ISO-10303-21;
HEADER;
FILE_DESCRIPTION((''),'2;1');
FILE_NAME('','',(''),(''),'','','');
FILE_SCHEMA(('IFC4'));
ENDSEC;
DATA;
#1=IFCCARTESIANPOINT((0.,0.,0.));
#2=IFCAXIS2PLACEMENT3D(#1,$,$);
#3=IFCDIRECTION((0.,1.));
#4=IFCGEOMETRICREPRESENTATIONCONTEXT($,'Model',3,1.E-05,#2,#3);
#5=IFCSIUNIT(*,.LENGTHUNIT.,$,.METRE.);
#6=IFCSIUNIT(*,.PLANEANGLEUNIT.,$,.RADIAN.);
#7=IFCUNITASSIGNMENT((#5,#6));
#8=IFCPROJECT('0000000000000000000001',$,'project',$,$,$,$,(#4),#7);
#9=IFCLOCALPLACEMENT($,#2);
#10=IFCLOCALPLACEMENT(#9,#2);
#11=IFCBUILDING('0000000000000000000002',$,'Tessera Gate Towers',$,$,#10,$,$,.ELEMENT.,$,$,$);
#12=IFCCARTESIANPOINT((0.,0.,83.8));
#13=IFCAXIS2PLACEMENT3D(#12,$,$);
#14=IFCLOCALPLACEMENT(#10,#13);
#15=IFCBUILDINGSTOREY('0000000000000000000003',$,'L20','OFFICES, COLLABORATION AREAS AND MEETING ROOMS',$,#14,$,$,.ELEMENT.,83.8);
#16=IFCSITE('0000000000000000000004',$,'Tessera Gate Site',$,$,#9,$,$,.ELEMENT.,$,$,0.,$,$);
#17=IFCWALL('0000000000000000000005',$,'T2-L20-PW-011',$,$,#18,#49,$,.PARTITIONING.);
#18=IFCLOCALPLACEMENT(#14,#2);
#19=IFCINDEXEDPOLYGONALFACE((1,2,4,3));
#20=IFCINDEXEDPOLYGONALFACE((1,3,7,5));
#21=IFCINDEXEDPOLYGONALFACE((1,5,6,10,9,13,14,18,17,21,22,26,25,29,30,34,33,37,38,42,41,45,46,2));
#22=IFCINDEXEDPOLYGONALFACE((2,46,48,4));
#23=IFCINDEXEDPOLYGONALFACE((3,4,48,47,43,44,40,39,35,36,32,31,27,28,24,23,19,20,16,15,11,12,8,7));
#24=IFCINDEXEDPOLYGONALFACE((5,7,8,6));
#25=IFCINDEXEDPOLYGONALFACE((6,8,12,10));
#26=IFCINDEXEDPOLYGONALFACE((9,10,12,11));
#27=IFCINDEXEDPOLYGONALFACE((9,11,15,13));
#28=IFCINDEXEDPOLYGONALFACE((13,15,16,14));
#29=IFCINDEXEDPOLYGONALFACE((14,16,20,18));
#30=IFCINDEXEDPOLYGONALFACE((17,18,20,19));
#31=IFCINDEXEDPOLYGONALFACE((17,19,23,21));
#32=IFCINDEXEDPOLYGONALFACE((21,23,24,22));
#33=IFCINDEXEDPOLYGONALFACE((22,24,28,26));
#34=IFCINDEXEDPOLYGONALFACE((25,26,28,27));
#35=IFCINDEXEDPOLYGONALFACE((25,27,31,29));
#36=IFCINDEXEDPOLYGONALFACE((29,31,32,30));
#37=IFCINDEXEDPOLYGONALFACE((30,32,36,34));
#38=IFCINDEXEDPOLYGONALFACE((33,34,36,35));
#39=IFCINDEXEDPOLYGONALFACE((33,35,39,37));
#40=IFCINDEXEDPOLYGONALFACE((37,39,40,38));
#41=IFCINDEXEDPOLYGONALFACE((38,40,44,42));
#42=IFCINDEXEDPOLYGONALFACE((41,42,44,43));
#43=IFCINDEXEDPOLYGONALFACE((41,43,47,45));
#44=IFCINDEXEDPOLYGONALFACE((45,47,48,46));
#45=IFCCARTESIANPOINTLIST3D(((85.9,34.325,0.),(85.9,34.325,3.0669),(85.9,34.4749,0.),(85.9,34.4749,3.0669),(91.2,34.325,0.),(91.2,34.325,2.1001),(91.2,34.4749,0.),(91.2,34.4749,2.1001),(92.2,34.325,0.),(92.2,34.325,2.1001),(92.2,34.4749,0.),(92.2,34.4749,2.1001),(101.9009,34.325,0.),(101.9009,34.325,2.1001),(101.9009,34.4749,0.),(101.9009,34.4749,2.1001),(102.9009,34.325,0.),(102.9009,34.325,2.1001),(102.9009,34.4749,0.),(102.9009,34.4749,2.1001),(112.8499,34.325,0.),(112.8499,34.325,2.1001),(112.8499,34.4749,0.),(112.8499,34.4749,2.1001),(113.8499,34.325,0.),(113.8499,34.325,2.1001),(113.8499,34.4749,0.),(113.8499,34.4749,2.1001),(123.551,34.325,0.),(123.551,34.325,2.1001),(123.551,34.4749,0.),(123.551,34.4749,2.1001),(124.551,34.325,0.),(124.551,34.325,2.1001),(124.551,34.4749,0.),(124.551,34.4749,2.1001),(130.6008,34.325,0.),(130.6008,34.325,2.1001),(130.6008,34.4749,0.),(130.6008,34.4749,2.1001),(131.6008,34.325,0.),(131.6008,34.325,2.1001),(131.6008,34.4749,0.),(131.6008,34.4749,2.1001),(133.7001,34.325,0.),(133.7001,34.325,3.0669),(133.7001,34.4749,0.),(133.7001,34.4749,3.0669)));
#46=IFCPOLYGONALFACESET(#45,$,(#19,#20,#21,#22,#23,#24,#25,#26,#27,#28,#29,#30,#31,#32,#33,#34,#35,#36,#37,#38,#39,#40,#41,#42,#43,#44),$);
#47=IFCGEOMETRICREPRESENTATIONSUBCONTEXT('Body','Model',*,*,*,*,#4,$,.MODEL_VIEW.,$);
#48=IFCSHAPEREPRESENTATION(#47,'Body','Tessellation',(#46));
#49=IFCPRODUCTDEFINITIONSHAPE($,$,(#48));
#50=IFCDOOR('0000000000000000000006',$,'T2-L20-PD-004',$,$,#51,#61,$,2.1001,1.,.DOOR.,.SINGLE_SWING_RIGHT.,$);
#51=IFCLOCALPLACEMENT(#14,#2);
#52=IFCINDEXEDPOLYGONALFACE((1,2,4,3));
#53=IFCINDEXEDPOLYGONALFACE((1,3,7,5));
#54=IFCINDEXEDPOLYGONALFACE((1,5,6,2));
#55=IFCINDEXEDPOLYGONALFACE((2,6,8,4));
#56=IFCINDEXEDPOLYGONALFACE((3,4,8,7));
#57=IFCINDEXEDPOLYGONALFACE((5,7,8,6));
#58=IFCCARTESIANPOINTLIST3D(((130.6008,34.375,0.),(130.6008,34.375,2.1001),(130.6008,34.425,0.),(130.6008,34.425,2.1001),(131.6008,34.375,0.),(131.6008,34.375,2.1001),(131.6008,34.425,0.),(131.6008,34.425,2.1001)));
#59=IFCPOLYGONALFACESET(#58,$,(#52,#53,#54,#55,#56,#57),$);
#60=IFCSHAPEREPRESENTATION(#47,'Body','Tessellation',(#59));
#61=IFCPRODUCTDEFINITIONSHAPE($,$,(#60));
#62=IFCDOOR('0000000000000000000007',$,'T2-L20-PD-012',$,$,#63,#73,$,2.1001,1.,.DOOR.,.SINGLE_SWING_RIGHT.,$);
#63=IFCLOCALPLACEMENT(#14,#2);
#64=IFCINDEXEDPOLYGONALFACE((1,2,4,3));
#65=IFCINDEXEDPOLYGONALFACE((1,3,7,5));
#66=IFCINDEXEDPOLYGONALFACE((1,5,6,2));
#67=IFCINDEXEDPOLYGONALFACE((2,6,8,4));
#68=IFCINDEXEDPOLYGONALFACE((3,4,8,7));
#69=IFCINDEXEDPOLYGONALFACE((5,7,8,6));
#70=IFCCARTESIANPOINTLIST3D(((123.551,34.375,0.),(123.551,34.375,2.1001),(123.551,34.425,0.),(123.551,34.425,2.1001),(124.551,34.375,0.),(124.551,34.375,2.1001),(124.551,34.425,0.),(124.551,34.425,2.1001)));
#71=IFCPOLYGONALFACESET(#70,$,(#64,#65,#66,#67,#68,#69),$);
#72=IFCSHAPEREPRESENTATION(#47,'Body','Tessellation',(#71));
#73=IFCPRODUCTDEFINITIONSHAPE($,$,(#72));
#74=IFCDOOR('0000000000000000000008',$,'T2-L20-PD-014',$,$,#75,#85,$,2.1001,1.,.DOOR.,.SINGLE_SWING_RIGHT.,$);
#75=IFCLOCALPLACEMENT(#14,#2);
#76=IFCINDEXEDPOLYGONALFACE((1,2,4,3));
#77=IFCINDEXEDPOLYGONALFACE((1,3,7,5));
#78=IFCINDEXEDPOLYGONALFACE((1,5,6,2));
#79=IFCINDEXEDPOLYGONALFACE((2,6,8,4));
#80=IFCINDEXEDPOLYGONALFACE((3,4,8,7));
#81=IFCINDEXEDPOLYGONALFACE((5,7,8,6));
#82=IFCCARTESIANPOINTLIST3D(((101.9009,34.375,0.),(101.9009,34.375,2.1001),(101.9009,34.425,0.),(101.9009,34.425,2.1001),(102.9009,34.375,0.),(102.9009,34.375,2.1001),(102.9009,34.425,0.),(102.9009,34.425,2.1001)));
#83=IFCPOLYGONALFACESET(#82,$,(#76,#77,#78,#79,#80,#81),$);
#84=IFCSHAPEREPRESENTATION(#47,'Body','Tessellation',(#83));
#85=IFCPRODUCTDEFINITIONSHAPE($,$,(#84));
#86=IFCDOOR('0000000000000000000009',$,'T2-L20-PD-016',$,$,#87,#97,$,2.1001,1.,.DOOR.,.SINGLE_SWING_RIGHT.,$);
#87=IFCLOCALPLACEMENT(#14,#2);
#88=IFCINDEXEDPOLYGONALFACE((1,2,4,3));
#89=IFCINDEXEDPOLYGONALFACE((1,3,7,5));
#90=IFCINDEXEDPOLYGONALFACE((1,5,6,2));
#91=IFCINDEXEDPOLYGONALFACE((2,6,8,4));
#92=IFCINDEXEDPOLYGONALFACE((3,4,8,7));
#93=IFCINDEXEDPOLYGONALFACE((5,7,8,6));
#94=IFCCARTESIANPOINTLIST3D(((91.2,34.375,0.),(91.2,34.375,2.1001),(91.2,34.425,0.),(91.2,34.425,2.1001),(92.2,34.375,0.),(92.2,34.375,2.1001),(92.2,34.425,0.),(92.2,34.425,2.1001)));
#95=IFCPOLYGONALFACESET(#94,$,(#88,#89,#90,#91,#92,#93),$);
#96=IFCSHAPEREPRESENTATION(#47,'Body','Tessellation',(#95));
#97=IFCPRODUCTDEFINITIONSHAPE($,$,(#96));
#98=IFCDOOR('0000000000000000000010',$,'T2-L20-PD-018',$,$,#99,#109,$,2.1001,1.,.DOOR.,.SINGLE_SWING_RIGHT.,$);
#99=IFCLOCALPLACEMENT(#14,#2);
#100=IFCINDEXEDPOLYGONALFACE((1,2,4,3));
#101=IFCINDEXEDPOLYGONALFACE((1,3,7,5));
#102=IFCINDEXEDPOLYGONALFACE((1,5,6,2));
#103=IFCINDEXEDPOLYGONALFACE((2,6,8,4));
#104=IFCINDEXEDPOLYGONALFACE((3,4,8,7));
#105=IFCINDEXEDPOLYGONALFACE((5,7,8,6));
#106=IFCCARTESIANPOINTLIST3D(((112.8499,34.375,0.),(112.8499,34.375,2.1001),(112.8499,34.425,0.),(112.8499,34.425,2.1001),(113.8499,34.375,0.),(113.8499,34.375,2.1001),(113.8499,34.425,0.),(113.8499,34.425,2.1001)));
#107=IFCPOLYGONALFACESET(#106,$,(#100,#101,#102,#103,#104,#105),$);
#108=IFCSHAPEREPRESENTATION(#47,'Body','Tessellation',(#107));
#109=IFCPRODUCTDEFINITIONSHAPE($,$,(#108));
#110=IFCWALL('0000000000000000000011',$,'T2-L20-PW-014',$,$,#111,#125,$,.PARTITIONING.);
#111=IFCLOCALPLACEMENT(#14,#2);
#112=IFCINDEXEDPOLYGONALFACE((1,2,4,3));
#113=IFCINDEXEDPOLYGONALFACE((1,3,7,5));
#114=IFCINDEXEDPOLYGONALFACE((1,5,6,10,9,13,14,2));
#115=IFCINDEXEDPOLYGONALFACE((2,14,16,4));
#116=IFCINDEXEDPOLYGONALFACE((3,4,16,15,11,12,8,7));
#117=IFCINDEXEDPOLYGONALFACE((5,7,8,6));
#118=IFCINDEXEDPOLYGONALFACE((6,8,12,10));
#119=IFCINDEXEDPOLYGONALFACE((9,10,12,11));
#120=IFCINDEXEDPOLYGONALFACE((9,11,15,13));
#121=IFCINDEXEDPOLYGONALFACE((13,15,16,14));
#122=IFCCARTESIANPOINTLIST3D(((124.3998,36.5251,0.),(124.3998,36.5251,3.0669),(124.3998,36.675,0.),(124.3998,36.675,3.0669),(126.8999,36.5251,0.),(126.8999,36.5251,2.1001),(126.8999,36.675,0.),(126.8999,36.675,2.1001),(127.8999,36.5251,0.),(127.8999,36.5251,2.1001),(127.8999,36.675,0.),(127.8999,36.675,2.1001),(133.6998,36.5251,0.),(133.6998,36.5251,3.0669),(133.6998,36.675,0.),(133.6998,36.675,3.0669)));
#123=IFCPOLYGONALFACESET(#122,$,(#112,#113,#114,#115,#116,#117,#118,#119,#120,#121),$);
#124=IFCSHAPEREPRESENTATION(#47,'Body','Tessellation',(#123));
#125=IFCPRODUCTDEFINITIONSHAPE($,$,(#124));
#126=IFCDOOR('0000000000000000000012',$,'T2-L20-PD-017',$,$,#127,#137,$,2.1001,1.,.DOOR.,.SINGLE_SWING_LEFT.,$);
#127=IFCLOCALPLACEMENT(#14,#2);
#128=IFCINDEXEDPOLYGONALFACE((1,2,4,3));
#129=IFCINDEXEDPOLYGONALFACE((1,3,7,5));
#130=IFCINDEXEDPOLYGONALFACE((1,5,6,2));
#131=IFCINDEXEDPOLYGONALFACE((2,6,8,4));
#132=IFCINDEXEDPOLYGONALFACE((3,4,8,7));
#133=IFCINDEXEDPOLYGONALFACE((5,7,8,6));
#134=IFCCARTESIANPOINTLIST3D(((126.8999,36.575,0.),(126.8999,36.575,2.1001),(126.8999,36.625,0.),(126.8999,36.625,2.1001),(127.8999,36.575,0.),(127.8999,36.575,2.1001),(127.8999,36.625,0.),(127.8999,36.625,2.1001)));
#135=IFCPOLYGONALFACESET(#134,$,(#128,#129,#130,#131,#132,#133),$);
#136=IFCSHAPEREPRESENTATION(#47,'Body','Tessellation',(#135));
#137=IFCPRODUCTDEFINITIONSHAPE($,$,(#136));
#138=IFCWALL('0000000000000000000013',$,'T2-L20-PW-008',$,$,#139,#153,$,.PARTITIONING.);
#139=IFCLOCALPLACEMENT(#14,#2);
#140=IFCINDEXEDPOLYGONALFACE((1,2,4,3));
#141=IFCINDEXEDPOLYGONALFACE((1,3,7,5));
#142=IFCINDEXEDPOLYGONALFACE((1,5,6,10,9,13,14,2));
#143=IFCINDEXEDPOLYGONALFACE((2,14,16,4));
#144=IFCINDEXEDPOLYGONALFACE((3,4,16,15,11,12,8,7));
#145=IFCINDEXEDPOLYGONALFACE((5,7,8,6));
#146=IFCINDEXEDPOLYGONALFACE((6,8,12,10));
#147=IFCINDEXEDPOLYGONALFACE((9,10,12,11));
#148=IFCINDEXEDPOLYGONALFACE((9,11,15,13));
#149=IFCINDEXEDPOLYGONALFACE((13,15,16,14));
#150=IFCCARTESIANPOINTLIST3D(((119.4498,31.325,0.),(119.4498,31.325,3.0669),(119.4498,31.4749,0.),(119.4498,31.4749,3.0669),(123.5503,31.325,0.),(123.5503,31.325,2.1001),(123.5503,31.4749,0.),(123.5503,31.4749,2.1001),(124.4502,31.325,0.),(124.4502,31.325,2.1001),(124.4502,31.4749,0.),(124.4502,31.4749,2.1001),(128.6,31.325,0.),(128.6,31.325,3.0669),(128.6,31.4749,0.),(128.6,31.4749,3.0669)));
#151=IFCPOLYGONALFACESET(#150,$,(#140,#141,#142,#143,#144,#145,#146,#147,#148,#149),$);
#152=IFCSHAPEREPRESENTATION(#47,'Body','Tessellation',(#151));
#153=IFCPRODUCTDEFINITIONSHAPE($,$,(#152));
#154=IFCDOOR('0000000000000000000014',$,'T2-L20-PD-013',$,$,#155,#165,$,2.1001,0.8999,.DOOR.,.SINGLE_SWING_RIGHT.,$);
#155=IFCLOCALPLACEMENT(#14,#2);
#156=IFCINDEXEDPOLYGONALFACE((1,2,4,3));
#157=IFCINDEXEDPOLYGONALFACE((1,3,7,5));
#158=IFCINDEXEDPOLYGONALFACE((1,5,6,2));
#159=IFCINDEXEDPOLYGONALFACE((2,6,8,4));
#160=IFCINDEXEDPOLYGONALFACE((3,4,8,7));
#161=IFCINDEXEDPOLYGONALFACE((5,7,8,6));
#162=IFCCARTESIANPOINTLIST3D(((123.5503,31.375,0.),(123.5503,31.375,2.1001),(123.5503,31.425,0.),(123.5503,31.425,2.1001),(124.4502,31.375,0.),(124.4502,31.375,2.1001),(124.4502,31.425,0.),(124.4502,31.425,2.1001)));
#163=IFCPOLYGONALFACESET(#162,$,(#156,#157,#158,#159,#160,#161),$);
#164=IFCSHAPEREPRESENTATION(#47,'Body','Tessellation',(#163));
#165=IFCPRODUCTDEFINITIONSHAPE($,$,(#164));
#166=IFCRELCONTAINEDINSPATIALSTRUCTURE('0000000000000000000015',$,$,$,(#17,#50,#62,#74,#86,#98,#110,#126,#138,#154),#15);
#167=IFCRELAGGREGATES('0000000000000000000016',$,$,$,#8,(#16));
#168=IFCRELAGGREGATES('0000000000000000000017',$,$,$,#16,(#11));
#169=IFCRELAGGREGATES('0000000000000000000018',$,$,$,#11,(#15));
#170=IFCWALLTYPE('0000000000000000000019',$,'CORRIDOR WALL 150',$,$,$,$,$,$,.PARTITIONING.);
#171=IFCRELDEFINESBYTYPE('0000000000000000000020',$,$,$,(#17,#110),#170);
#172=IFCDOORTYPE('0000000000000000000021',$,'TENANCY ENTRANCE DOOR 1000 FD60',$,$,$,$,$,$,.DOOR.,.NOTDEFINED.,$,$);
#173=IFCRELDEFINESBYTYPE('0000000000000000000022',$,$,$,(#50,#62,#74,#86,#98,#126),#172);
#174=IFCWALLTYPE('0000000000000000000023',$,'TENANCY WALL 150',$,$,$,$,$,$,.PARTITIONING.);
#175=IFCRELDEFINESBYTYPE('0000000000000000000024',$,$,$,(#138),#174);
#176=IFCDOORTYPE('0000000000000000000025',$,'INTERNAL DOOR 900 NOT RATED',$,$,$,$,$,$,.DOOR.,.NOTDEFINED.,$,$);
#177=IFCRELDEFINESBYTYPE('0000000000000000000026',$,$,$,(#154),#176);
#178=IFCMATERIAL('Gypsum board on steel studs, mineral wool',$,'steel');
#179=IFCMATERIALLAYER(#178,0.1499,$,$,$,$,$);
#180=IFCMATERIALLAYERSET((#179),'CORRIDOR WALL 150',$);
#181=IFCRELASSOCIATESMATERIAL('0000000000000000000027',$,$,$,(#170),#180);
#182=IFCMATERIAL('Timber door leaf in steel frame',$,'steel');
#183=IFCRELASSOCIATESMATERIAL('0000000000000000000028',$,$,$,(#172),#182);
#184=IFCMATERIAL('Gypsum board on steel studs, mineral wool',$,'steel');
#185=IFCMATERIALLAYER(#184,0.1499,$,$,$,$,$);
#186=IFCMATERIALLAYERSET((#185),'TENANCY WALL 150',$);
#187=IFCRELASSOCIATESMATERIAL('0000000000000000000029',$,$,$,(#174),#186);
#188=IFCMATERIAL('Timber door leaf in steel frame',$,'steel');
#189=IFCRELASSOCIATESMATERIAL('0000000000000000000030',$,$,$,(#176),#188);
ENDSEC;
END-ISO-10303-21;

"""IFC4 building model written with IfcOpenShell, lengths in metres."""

from ifc_helpers import new_model, si_unit, direction, frame, frame_2d, origin, place, context, subcontext, project, spatial, rectangle, extrude, source, transform, mapped, material, layer, layer_set, type_object, element, fill, save


model = new_model("IFC4")

# Units and contexts
model_context = context("Model", 3, precision=1e-05, world=origin(), true_north=direction((0.0, 1.0)))
body_context = subcontext(model_context, "Body", "Model", "MODEL_VIEW")
ifc_project = project(units=[si_unit("LENGTHUNIT", "METRE"), si_unit("PLANEANGLEUNIT", "RADIAN")], contexts=[model_context])

# Site, building, storey
site_placement = place(None, origin())
site = spatial("IfcSite", under=ifc_project, at=site_placement, Name="Tessera Gate Site", CompositionType="ELEMENT", RefElevation=0.0)
building_placement = place(site_placement, origin())
building = spatial("IfcBuilding", under=site, at=building_placement, Name="Tessera Gate Towers", CompositionType="ELEMENT")
storey_placement = place(building_placement, frame((0.0, 0.0, 83.8)))
storey = spatial("IfcBuildingStorey", under=building, at=storey_placement, Name="L20", Description="OFFICES, COLLABORATION AREAS AND MEETING ROOMS", CompositionType="ELEMENT", Elevation=83.8)

# Wall, openings, doors
ifc_material_1 = material(Name="Gypsum board on steel studs, mineral wool", Category="steel")
ifc_layer_1 = layer(ifc_material_1, 0.1499)
ifc_layer_set_1 = layer_set([ifc_layer_1], Name="CORRIDOR WALL 150")
wall_type_1 = type_object("IfcWallType", Name="CORRIDOR WALL 150", PredefinedType="PARTITIONING", material=ifc_layer_set_1)
wall_1_placement = place(storey_placement, frame((133.7, 34.3999, 0.0), z_axis=(0.0, 0.0, 1.0), x_axis=(-1.0, 0.0, 0.0)))
wall_1 = element("IfcWall", 1, at=wall_1_placement, inside=storey, type_object=wall_type_1, Name="T2-L20-PW-011", PredefinedType="PARTITIONING", context=body_context, shape_type="SweptSolid", body=[
    extrude(rectangle(XDim=47.8, YDim=0.1499, at=frame_2d((23.8999, 0.0))), origin(), (0.0, 0.0, 1.0), 3.0669),
])
shared_shape_1 = source(origin(), body_context, "Body", "SweptSolid", [
    extrude(rectangle(XDim=1.0, YDim=2.1001, at=frame_2d((0.5, 1.05))), frame((0.0, 0.085, 0.0), z_axis=(0.0, -1.0, 0.0), x_axis=(1.0, 0.0, 0.0)), (0.0, 0.0, 1.0), 0.1699),
])
opening_1_placement = place(wall_1_placement, frame((2.0991, 0.0, 0.0)))
opening_1 = element("IfcOpeningElement", 2, at=opening_1_placement, cuts=wall_1, PredefinedType="OPENING", context=body_context, shape_type="MappedRepresentation", body=[
    mapped(shared_shape_1, transform((0.0, 0.0, 0.0), scale=1.0)),
])
opening_2_placement = place(wall_1_placement, frame((9.1489, 0.0, 0.0)))
opening_2 = element("IfcOpeningElement", 3, at=opening_2_placement, cuts=wall_1, PredefinedType="OPENING", context=body_context, shape_type="MappedRepresentation", body=[
    mapped(shared_shape_1, transform((0.0, 0.0, 0.0), scale=1.0)),
])
opening_3_placement = place(wall_1_placement, frame((30.7991, 0.0, 0.0)))
opening_3 = element("IfcOpeningElement", 4, at=opening_3_placement, cuts=wall_1, PredefinedType="OPENING", context=body_context, shape_type="MappedRepresentation", body=[
    mapped(shared_shape_1, transform((0.0, 0.0, 0.0), scale=1.0)),
])
opening_4_placement = place(wall_1_placement, frame((41.5, 0.0, 0.0)))
opening_4 = element("IfcOpeningElement", 5, at=opening_4_placement, cuts=wall_1, PredefinedType="OPENING", context=body_context, shape_type="MappedRepresentation", body=[
    mapped(shared_shape_1, transform((0.0, 0.0, 0.0), scale=1.0)),
])
opening_5_placement = place(wall_1_placement, frame((19.8501, 0.0, 0.0)))
opening_5 = element("IfcOpeningElement", 6, at=opening_5_placement, cuts=wall_1, PredefinedType="OPENING", context=body_context, shape_type="MappedRepresentation", body=[
    mapped(shared_shape_1, transform((0.0, 0.0, 0.0), scale=1.0)),
])
ifc_material_2 = material(Name="Timber door leaf in steel frame", Category="steel")
door_type_1 = type_object("IfcDoorType", Name="TENANCY ENTRANCE DOOR 1000 FD60", OperationType="NOTDEFINED", PredefinedType="DOOR", material=ifc_material_2)
shared_shape_2 = source(origin(), body_context, "Body", "SweptSolid", [
    extrude(rectangle(XDim=1.0, YDim=2.1001, at=frame_2d((0.5, 1.05))), frame((0.0, 0.0249, 0.0), z_axis=(0.0, -1.0, 0.0), x_axis=(1.0, 0.0, 0.0)), (0.0, 0.0, 1.0), 0.05),
])
door_1_placement = place(opening_1_placement, origin())
door_1 = element("IfcDoor", 7, at=door_1_placement, inside=storey, type_object=door_type_1, Name="T2-L20-PD-004", OperationType="SINGLE_SWING_RIGHT", OverallHeight=2.1001, OverallWidth=1.0, PredefinedType="DOOR", context=body_context, shape_type="MappedRepresentation", body=[
    mapped(shared_shape_2, transform((0.0, 0.0, 0.0), scale=1.0)),
])
fill(opening_1, door_1)
door_2_placement = place(opening_2_placement, origin())
door_2 = element("IfcDoor", 8, at=door_2_placement, inside=storey, type_object=door_type_1, Name="T2-L20-PD-012", OperationType="SINGLE_SWING_RIGHT", OverallHeight=2.1001, OverallWidth=1.0, PredefinedType="DOOR", context=body_context, shape_type="MappedRepresentation", body=[
    mapped(shared_shape_2, transform((0.0, 0.0, 0.0), scale=1.0)),
])
fill(opening_2, door_2)
door_3_placement = place(opening_3_placement, origin())
door_3 = element("IfcDoor", 9, at=door_3_placement, inside=storey, type_object=door_type_1, Name="T2-L20-PD-014", OperationType="SINGLE_SWING_RIGHT", OverallHeight=2.1001, OverallWidth=1.0, PredefinedType="DOOR", context=body_context, shape_type="MappedRepresentation", body=[
    mapped(shared_shape_2, transform((0.0, 0.0, 0.0), scale=1.0)),
])
fill(opening_3, door_3)
door_4_placement = place(opening_4_placement, origin())
door_4 = element("IfcDoor", 10, at=door_4_placement, inside=storey, type_object=door_type_1, Name="T2-L20-PD-016", OperationType="SINGLE_SWING_RIGHT", OverallHeight=2.1001, OverallWidth=1.0, PredefinedType="DOOR", context=body_context, shape_type="MappedRepresentation", body=[
    mapped(shared_shape_2, transform((0.0, 0.0, 0.0), scale=1.0)),
])
fill(opening_4, door_4)
door_5_placement = place(opening_5_placement, origin())
door_5 = element("IfcDoor", 11, at=door_5_placement, inside=storey, type_object=door_type_1, Name="T2-L20-PD-018", OperationType="SINGLE_SWING_RIGHT", OverallHeight=2.1001, OverallWidth=1.0, PredefinedType="DOOR", context=body_context, shape_type="MappedRepresentation", body=[
    mapped(shared_shape_2, transform((0.0, 0.0, 0.0), scale=1.0)),
])
fill(opening_5, door_5)

# Walls, openings, doors
wall_2_placement = place(storey_placement, frame((124.3999, 36.6001, 0.0), z_axis=(0.0, 0.0, 1.0), x_axis=(1.0, 0.0, 0.0)))
wall_2 = element("IfcWall", 12, at=wall_2_placement, inside=storey, type_object=wall_type_1, Name="T2-L20-PW-014", PredefinedType="PARTITIONING", context=body_context, shape_type="SweptSolid", body=[
    extrude(rectangle(XDim=9.3, YDim=0.1499, at=frame_2d((4.6499, 0.0))), origin(), (0.0, 0.0, 1.0), 3.0669),
])
opening_6_placement = place(wall_2_placement, frame((2.5, 0.0, 0.0)))
opening_6 = element("IfcOpeningElement", 13, at=opening_6_placement, cuts=wall_2, PredefinedType="OPENING", context=body_context, shape_type="MappedRepresentation", body=[
    mapped(shared_shape_1, transform((0.0, 0.0, 0.0), scale=1.0)),
])
door_6_placement = place(opening_6_placement, origin())
door_6 = element("IfcDoor", 14, at=door_6_placement, inside=storey, type_object=door_type_1, Name="T2-L20-PD-017", OperationType="SINGLE_SWING_LEFT", OverallHeight=2.1001, OverallWidth=1.0, PredefinedType="DOOR", context=body_context, shape_type="MappedRepresentation", body=[
    mapped(shared_shape_2, transform((0.0, 0.0, 0.0), scale=1.0)),
])
fill(opening_6, door_6)
ifc_material_3 = material(Name="Gypsum board on steel studs, mineral wool", Category="steel")
ifc_layer_2 = layer(ifc_material_3, 0.1499)
ifc_layer_set_2 = layer_set([ifc_layer_2], Name="TENANCY WALL 150")
wall_type_2 = type_object("IfcWallType", Name="TENANCY WALL 150", PredefinedType="PARTITIONING", material=ifc_layer_set_2)
wall_3_placement = place(storey_placement, frame((128.6001, 31.3999, 0.0), z_axis=(0.0, 0.0, 1.0), x_axis=(-1.0, 0.0, 0.0)))
wall_3 = element("IfcWall", 15, at=wall_3_placement, inside=storey, type_object=wall_type_2, Name="T2-L20-PW-008", PredefinedType="PARTITIONING", context=body_context, shape_type="SweptSolid", body=[
    extrude(rectangle(XDim=9.1501, YDim=0.1499, at=frame_2d((4.5752, 0.0))), origin(), (0.0, 0.0, 1.0), 3.0669),
])
shared_shape_3 = source(origin(), body_context, "Body", "SweptSolid", [
    extrude(rectangle(XDim=0.8999, YDim=2.1001, at=frame_2d((0.45, 1.05))), frame((0.0, 0.085, 0.0), z_axis=(0.0, -1.0, 0.0), x_axis=(1.0, 0.0, 0.0)), (0.0, 0.0, 1.0), 0.1699),
])
opening_7_placement = place(wall_3_placement, frame((4.1499, 0.0, 0.0)))
opening_7 = element("IfcOpeningElement", 16, at=opening_7_placement, cuts=wall_3, PredefinedType="OPENING", context=body_context, shape_type="MappedRepresentation", body=[
    mapped(shared_shape_3, transform((0.0, 0.0, 0.0), scale=1.0)),
])
ifc_material_4 = material(Name="Timber door leaf in steel frame", Category="steel")
door_type_2 = type_object("IfcDoorType", Name="INTERNAL DOOR 900 NOT RATED", OperationType="NOTDEFINED", PredefinedType="DOOR", material=ifc_material_4)
shared_shape_4 = source(origin(), body_context, "Body", "SweptSolid", [
    extrude(rectangle(XDim=0.8999, YDim=2.1001, at=frame_2d((0.45, 1.05))), frame((0.0, 0.0249, 0.0), z_axis=(0.0, -1.0, 0.0), x_axis=(1.0, 0.0, 0.0)), (0.0, 0.0, 1.0), 0.05),
])
door_7_placement = place(opening_7_placement, origin())
door_7 = element("IfcDoor", 17, at=door_7_placement, inside=storey, type_object=door_type_2, Name="T2-L20-PD-013", OperationType="SINGLE_SWING_RIGHT", OverallHeight=2.1001, OverallWidth=0.8999, PredefinedType="DOOR", context=body_context, shape_type="MappedRepresentation", body=[
    mapped(shared_shape_4, transform((0.0, 0.0, 0.0), scale=1.0)),
])
fill(opening_7, door_7)

save(model, "model.ifc")
